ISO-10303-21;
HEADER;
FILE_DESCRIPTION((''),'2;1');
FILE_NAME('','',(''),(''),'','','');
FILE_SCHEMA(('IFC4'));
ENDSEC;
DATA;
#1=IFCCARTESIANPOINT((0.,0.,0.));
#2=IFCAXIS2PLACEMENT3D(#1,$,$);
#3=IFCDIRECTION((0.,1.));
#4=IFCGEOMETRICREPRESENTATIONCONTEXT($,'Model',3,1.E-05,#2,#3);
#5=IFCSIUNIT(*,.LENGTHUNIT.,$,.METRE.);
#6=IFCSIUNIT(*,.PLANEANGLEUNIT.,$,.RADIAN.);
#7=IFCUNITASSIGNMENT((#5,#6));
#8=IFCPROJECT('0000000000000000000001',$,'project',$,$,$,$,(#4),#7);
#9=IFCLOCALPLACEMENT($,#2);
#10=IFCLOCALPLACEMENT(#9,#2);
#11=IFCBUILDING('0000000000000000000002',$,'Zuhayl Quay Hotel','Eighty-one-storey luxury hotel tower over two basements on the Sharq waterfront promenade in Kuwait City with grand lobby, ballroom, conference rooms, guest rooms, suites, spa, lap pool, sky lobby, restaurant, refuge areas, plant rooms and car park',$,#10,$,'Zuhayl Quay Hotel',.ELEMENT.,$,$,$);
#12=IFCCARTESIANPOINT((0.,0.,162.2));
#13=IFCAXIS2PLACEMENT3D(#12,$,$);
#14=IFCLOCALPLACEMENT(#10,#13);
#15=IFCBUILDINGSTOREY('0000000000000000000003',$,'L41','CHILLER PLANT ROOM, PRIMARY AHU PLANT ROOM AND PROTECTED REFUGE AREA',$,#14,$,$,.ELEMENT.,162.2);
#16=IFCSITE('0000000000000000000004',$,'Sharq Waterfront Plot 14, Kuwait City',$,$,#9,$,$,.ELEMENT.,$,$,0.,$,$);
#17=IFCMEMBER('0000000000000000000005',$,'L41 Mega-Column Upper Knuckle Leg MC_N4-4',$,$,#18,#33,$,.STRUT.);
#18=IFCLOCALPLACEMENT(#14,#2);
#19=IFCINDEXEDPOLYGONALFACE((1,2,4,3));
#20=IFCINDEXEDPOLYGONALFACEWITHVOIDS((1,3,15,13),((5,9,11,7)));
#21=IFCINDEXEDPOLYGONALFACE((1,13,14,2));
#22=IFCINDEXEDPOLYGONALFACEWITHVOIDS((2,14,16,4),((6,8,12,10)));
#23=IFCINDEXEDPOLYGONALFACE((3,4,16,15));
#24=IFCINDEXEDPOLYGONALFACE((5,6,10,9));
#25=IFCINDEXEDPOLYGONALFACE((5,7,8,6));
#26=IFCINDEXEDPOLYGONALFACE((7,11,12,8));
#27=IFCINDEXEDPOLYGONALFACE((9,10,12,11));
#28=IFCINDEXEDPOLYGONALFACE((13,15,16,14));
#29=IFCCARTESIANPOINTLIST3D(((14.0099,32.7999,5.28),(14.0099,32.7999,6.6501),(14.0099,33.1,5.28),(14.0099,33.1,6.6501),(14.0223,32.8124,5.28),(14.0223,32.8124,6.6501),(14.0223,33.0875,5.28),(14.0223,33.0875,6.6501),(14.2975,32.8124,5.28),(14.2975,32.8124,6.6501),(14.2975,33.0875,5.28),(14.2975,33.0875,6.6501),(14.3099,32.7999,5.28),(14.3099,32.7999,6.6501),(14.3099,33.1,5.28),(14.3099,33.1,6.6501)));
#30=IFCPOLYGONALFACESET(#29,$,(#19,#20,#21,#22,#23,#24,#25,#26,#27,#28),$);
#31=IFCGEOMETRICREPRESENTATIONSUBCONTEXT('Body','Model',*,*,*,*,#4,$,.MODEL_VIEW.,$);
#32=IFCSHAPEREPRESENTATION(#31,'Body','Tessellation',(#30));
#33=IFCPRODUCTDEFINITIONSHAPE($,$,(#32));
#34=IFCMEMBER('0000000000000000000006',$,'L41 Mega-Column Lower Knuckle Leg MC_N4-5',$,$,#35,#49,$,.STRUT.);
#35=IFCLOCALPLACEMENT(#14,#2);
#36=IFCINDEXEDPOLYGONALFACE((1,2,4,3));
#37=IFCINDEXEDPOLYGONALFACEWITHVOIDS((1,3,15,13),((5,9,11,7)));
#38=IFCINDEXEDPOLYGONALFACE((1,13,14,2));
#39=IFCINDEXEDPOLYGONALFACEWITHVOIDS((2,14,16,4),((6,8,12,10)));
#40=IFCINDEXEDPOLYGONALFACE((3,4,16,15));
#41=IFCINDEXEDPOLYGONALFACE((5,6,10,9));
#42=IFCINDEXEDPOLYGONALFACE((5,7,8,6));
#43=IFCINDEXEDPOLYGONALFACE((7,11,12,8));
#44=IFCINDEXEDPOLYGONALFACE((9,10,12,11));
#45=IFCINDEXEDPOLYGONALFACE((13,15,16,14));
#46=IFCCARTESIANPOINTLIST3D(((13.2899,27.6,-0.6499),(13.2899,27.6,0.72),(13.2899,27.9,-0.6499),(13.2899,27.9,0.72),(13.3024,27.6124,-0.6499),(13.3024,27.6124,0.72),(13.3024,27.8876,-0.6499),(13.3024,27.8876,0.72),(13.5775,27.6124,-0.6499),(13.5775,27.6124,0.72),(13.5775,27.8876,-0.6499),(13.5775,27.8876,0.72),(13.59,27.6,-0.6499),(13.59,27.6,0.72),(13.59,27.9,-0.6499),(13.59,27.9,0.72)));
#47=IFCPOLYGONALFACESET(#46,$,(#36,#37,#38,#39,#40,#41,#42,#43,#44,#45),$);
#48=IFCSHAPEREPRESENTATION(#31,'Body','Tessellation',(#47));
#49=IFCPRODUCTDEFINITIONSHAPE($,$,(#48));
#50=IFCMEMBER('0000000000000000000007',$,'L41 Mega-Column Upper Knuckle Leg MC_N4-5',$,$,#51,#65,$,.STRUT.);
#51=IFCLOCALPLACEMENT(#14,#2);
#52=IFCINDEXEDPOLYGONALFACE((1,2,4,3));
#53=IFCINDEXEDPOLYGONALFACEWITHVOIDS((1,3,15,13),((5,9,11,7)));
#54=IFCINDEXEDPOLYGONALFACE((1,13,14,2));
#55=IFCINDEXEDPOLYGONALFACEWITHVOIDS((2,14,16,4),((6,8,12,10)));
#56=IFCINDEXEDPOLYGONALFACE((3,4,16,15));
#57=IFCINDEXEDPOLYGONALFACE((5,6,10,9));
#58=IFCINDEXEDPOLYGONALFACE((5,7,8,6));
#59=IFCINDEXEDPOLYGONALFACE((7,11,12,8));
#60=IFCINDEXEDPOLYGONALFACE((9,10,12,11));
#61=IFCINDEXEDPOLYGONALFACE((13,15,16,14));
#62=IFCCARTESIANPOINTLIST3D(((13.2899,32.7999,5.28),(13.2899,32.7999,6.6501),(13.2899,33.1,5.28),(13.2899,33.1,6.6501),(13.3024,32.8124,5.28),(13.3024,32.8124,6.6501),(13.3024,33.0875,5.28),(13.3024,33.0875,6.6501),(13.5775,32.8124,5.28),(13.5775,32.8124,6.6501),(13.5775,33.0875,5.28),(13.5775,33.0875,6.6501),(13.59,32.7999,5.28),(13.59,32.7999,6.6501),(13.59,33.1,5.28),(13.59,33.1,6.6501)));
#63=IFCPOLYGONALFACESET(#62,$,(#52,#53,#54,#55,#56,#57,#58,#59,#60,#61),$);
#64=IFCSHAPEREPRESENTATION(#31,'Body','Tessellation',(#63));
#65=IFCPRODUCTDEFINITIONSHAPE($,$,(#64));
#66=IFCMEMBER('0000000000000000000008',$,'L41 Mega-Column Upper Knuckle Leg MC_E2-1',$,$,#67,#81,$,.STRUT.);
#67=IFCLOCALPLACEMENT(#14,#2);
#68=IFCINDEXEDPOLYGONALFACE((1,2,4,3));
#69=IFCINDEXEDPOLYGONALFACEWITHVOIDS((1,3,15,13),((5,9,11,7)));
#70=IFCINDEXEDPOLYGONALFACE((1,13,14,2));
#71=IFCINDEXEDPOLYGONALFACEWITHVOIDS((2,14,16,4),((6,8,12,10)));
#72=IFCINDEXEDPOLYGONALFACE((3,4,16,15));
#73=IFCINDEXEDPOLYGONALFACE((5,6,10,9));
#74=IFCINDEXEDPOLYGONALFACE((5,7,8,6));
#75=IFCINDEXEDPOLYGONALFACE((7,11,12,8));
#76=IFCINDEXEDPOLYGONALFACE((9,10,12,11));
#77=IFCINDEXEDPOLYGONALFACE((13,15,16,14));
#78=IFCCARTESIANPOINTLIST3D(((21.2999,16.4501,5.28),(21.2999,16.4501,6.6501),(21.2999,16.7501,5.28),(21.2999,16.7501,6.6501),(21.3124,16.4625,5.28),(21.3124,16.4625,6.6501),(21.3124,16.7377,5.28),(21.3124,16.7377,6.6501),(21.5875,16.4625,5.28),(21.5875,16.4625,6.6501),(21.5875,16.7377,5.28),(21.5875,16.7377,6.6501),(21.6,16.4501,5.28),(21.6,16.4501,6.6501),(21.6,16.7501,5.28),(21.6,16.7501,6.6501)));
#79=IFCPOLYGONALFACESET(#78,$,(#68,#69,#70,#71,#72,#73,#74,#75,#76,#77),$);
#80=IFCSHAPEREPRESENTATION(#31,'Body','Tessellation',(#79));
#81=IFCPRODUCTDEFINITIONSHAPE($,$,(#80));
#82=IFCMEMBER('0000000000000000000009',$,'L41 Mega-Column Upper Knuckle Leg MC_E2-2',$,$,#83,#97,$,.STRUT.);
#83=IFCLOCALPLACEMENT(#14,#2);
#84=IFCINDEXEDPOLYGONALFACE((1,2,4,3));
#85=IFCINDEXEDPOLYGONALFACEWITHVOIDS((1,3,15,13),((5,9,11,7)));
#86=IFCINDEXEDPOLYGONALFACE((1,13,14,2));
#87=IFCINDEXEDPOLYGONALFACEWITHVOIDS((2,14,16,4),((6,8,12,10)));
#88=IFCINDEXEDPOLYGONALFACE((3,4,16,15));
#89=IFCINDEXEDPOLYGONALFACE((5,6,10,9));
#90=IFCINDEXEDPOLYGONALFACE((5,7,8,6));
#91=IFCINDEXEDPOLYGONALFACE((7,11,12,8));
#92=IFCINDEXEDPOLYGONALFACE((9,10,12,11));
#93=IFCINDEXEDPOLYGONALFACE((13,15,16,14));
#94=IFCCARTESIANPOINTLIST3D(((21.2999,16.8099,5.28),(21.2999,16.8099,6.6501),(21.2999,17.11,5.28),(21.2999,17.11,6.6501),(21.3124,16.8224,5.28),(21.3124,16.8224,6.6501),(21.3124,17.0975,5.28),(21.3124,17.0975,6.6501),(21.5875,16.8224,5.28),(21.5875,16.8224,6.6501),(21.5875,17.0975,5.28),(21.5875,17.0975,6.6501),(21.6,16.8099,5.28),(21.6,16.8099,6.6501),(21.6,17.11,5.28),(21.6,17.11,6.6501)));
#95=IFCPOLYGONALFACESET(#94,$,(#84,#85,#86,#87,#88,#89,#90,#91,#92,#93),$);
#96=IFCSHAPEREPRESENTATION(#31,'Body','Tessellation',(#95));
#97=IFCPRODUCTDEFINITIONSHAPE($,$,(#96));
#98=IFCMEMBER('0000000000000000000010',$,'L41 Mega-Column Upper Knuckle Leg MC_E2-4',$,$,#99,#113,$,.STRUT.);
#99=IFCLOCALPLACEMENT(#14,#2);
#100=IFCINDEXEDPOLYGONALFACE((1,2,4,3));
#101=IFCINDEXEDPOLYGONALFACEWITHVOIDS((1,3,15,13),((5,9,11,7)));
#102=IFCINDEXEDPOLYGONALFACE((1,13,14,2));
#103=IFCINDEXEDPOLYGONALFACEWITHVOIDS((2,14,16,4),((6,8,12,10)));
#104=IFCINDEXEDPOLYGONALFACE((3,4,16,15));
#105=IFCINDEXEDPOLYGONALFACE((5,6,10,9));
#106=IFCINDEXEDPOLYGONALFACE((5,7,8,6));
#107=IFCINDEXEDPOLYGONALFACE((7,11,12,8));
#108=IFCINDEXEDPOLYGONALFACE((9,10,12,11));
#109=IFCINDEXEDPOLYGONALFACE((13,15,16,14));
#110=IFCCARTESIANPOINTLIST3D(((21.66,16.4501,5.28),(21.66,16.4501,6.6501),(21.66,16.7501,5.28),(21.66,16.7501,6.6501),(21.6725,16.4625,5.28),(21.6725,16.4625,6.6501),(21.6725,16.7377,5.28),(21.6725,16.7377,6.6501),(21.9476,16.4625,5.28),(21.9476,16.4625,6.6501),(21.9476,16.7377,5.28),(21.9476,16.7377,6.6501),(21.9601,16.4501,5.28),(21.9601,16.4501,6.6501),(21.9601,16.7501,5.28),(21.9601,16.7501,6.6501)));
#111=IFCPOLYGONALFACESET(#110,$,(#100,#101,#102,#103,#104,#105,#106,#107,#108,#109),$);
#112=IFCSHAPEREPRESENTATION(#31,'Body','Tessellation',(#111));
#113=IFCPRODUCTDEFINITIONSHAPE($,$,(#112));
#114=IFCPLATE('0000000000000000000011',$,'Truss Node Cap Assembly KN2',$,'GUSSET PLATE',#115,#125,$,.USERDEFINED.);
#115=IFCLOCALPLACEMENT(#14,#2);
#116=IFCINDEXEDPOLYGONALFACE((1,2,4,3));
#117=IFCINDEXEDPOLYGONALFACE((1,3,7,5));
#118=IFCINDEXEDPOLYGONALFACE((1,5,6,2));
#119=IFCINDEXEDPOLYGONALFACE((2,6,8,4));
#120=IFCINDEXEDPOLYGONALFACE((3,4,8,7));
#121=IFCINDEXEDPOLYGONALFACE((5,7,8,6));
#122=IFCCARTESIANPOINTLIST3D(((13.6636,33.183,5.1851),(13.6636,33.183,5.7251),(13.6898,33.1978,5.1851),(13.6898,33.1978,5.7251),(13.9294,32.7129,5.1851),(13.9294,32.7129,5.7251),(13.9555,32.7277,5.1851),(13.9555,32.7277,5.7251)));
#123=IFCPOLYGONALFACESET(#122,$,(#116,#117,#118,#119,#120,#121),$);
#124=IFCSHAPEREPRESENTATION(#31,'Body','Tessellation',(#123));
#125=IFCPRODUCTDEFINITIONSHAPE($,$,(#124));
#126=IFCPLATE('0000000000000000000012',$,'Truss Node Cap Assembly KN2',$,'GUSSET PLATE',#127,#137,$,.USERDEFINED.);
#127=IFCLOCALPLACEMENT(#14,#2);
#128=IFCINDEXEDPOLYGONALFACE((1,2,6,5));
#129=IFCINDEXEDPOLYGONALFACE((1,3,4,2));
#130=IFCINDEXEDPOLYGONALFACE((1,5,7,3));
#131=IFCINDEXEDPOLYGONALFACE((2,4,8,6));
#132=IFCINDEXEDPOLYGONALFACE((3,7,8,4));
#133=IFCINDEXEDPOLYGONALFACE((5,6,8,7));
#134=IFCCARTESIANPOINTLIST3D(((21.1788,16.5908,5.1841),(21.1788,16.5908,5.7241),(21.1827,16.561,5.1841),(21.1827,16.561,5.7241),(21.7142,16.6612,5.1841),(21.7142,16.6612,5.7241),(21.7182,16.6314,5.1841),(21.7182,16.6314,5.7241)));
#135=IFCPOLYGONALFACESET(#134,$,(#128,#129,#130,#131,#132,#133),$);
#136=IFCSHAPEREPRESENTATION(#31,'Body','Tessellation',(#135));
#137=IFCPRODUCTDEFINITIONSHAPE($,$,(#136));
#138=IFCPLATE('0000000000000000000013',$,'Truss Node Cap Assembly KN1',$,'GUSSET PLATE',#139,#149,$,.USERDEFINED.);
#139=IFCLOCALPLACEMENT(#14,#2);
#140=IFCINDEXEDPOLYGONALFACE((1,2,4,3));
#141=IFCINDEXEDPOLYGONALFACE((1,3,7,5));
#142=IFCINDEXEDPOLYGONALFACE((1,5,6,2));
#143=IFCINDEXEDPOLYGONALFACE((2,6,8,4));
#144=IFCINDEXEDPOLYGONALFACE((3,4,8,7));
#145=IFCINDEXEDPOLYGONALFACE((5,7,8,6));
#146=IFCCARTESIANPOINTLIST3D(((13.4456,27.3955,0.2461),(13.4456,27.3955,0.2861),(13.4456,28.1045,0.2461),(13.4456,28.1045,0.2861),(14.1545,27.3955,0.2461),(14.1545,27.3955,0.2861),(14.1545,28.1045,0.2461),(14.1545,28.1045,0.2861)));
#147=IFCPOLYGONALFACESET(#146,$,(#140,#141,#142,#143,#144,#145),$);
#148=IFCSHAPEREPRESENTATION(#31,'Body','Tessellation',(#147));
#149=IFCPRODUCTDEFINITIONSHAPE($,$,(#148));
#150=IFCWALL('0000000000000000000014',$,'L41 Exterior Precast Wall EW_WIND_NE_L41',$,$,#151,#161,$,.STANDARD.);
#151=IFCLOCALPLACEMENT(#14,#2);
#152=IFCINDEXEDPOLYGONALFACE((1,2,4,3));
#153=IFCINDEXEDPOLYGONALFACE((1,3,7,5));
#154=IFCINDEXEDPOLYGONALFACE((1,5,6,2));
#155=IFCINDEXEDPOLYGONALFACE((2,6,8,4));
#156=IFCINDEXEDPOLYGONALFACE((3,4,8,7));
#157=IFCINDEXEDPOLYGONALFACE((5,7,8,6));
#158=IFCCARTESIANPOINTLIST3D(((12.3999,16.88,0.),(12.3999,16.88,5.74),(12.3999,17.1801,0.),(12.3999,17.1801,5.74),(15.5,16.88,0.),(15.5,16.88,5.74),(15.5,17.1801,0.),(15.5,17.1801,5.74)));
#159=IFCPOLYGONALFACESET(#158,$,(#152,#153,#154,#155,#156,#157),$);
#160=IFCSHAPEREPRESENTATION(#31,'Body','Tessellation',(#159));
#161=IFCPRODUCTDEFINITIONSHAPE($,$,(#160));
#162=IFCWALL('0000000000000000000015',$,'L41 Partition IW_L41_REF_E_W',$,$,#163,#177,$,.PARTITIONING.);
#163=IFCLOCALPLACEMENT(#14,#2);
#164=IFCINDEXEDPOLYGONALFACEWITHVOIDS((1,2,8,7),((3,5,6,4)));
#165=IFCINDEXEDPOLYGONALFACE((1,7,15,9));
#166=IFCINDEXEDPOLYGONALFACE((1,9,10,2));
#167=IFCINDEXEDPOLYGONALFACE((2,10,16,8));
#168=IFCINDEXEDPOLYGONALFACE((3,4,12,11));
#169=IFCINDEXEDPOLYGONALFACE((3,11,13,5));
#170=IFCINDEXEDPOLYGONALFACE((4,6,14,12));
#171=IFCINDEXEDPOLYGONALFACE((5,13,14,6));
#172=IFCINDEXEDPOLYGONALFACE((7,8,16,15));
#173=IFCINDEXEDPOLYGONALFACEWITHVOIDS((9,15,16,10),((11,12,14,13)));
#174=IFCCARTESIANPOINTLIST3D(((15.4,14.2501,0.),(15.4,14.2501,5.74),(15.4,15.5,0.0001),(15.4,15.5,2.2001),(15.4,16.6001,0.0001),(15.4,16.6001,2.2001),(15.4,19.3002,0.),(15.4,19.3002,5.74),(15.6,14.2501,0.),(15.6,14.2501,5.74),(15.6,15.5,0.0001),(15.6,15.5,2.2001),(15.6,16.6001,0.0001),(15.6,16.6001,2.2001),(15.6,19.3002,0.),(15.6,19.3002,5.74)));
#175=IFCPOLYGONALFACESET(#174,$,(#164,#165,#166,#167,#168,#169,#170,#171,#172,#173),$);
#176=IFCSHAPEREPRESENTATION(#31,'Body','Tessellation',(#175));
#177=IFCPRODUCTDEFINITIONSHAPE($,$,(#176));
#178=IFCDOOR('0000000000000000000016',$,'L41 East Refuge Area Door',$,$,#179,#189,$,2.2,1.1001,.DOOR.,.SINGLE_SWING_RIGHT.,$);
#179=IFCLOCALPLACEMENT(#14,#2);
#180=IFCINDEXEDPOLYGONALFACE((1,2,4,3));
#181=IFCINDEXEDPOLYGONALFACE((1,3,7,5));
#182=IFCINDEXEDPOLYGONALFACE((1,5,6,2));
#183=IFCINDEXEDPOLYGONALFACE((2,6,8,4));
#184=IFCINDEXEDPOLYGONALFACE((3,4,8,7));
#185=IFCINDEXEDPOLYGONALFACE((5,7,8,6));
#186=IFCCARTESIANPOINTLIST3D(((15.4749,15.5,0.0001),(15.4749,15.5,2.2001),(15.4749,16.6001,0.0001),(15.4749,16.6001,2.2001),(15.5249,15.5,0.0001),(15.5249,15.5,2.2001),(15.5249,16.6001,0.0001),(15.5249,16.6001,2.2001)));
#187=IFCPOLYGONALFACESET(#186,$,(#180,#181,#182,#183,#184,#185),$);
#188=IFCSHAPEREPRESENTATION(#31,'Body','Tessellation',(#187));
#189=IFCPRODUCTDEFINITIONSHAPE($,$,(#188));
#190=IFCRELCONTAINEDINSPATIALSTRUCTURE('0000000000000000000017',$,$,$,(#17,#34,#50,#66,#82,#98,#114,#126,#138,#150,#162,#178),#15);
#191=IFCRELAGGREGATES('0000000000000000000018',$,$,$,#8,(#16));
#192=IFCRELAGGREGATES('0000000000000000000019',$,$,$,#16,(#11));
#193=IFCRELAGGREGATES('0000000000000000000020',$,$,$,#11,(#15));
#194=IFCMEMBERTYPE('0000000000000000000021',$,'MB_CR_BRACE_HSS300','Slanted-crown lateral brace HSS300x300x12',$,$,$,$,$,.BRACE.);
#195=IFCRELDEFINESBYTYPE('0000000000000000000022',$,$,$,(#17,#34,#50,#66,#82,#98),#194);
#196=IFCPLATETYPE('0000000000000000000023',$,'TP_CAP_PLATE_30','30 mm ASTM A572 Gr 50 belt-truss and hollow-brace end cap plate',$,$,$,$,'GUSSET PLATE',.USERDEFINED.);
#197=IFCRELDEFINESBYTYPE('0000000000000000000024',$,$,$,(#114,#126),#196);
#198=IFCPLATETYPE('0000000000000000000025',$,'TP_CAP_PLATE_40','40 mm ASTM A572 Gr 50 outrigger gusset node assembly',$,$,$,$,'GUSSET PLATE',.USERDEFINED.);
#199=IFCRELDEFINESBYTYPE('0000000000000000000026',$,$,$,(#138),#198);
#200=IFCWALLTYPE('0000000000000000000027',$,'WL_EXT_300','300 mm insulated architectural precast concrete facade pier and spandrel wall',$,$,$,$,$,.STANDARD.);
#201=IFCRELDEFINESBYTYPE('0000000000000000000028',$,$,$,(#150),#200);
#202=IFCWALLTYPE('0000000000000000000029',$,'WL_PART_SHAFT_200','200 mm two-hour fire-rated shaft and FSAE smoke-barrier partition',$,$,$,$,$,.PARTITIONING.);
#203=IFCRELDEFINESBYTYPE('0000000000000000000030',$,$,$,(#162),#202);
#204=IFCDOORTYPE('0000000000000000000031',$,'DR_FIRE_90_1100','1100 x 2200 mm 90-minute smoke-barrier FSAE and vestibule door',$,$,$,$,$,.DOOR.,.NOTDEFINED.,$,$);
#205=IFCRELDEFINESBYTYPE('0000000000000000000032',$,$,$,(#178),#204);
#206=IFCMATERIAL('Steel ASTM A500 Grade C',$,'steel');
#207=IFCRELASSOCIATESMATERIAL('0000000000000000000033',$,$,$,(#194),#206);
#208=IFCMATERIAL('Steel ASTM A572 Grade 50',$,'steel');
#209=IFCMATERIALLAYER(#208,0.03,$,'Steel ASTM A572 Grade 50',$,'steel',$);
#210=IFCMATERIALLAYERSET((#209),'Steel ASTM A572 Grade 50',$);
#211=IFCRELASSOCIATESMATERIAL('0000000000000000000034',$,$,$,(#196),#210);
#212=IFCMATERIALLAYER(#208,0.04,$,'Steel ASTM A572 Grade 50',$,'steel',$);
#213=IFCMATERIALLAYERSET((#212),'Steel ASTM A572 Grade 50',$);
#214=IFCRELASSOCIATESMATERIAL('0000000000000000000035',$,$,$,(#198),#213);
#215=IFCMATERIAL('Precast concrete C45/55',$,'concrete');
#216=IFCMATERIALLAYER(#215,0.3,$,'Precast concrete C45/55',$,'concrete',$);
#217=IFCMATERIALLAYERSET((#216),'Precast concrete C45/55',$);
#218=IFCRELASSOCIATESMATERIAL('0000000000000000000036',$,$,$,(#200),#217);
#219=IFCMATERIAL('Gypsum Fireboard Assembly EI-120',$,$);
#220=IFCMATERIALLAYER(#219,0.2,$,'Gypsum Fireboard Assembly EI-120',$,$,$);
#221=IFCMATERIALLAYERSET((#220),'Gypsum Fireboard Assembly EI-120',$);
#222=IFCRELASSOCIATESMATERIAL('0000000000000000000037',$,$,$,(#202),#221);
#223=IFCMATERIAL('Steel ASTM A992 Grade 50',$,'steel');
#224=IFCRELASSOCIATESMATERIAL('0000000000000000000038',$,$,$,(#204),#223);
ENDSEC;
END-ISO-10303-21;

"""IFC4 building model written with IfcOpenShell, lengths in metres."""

from ifc_helpers import new_model, si_unit, direction, frame, frame_2d, origin, origin_2d, place, context, subcontext, project, spatial, rectangle, hollow_rectangle, extrude, material, layer, layer_set, material_profile, profile_set, type_object, element, fill, save


model = new_model("IFC4")

# Units and contexts
model_context = context("Model", 3, precision=1e-05, world=origin(), true_north=direction((0.0, 1.0)))
body_context = subcontext(model_context, "Body", "Model", "MODEL_VIEW")
ifc_project = project(units=[si_unit("LENGTHUNIT", "METRE"), si_unit("PLANEANGLEUNIT", "RADIAN")], contexts=[model_context])

# Site, building, storey
site_placement = place(None, origin())
site = spatial("IfcSite", under=ifc_project, at=site_placement, Name="Sharq Waterfront Plot 14, Kuwait City", CompositionType="ELEMENT", RefElevation=0.0)
building_placement = place(site_placement, origin())
building = spatial("IfcBuilding", under=site, at=building_placement, Name="Zuhayl Quay Hotel", Description="Eighty-one-storey luxury hotel tower over two basements on the Sharq waterfront promenade in Kuwait City with grand lobby, ballroom, conference rooms, guest rooms, suites, spa, lap pool, sky lobby, restaurant, refuge areas, plant rooms and car park", LongName="Zuhayl Quay Hotel", CompositionType="ELEMENT")
storey_placement = place(building_placement, frame((0.0, 0.0, 162.2)))
storey = spatial("IfcBuildingStorey", under=building, at=storey_placement, Name="L41", Description="CHILLER PLANT ROOM, PRIMARY AHU PLANT ROOM AND PROTECTED REFUGE AREA", CompositionType="ELEMENT", Elevation=162.2)

# Members
ifc_material_1 = material(Name="Steel ASTM A500 Grade C", Category="steel")
ifc_material_profile_1 = material_profile(ifc_material_1, hollow_rectangle(XDim=0.3, YDim=0.3, WallThickness=0.0125, at=origin_2d()), Name="HSS300X300X12")
ifc_profile_set_1 = profile_set([ifc_material_profile_1], Name="Steel ASTM A500 Grade C")
member_type = type_object("IfcMemberType", Name="MB_CR_BRACE_HSS300", Description="Slanted-crown lateral brace HSS300x300x12", PredefinedType="BRACE", material=ifc_profile_set_1)
member_1_placement = place(storey_placement, frame((14.1599, 32.95, 5.28), z_axis=(0.0, 0.0, 1.0), x_axis=(1.0, 0.0, 0.0)))
element("IfcMember", 1, at=member_1_placement, inside=storey, type_object=member_type, Name="L41 Mega-Column Upper Knuckle Leg MC_N4-4", PredefinedType="STRUT", context=body_context, shape_type="SweptSolid", body=[
    extrude(hollow_rectangle(XDim=0.3, YDim=0.3, WallThickness=0.0125, at=origin_2d()), origin(), (0.0, 0.0, 1.0), 1.3701),
])
member_2_placement = place(storey_placement, frame((13.4399, 27.75, -0.6499), z_axis=(0.0, 0.0, 1.0), x_axis=(1.0, 0.0, 0.0)))
element("IfcMember", 2, at=member_2_placement, inside=storey, type_object=member_type, Name="L41 Mega-Column Lower Knuckle Leg MC_N4-5", PredefinedType="STRUT", context=body_context, shape_type="SweptSolid", body=[
    extrude(hollow_rectangle(XDim=0.3, YDim=0.3, WallThickness=0.0125, at=origin_2d()), origin(), (0.0, 0.0, 1.0), 1.3699),
])
for number, where, z_axis, x_axis, name in (
    (3, (13.4399, 32.95, 5.28), (0.0, 0.0, 1.0), (1.0, 0.0, 0.0), "L41 Mega-Column Upper Knuckle Leg MC_N4-5"),
    (4, (21.45, 16.6001, 5.28), (0.0, 0.0, 1.0), (1.0, 0.0, 0.0), "L41 Mega-Column Upper Knuckle Leg MC_E2-1"),
    (5, (21.45, 16.96, 5.28), (0.0, 0.0, 1.0), (1.0, 0.0, 0.0), "L41 Mega-Column Upper Knuckle Leg MC_E2-2"),
    (6, (21.8101, 16.6001, 5.28), (0.0, 0.0, 1.0), (1.0, 0.0, 0.0), "L41 Mega-Column Upper Knuckle Leg MC_E2-4"),
):
    element("IfcMember", number, at=place(storey_placement, frame(where, z_axis=z_axis, x_axis=x_axis)), inside=storey, type_object=member_type, Name=name, PredefinedType="STRUT", context=body_context, shape_type="SweptSolid", body=[
        extrude(hollow_rectangle(XDim=0.3, YDim=0.3, WallThickness=0.0125, at=origin_2d()), origin(), (0.0, 0.0, 1.0), 1.3701),
    ])

# Plates
ifc_material_2 = material(Name="Steel ASTM A572 Grade 50", Category="steel")
ifc_layer_1 = layer(ifc_material_2, 0.03, Name="Steel ASTM A572 Grade 50", Category="steel")
ifc_layer_set_1 = layer_set([ifc_layer_1], Name="Steel ASTM A572 Grade 50")
plate_type_1 = type_object("IfcPlateType", Name="TP_CAP_PLATE_30", Description="30 mm ASTM A572 Gr 50 belt-truss and hollow-brace end cap plate", ElementType="GUSSET PLATE", PredefinedType="USERDEFINED", material=ifc_layer_set_1)
for number, where, z_axis, x_axis, name in (
    (7, (13.8096, 32.9553, 5.1851), (0.0, 0.0, 1.0), (0.870528, 0.49212, 0.0), "Truss Node Cap Assembly KN2"),
    (8, (21.4485, 16.6111, 5.1841), (0.0, 0.0, 1.0), (-0.130353, 0.991468, 0.0), "Truss Node Cap Assembly KN2"),
):
    element("IfcPlate", number, at=place(storey_placement, frame(where, z_axis=z_axis, x_axis=x_axis)), inside=storey, type_object=plate_type_1, Name=name, ObjectType="GUSSET PLATE", PredefinedType="USERDEFINED", context=body_context, shape_type="SweptSolid", body=[
        extrude(rectangle(XDim=0.03, YDim=0.54, at=origin_2d()), origin(), (0.0, 0.0, 1.0), 0.54),
    ])
ifc_layer_2 = layer(ifc_material_2, 0.04, Name="Steel ASTM A572 Grade 50", Category="steel")
ifc_layer_set_2 = layer_set([ifc_layer_2], Name="Steel ASTM A572 Grade 50")
plate_type_2 = type_object("IfcPlateType", Name="TP_CAP_PLATE_40", Description="40 mm ASTM A572 Gr 50 outrigger gusset node assembly", ElementType="GUSSET PLATE", PredefinedType="USERDEFINED", material=ifc_layer_set_2)
plate_placement = place(storey_placement, frame((13.8, 27.75, 0.2461), z_axis=(0.0, 0.0, 1.0), x_axis=(1.0, 0.0, 0.0)))
element("IfcPlate", 9, at=plate_placement, inside=storey, type_object=plate_type_2, Name="Truss Node Cap Assembly KN1", ObjectType="GUSSET PLATE", PredefinedType="USERDEFINED", context=body_context, shape_type="SweptSolid", body=[
    extrude(rectangle(XDim=0.709, YDim=0.709, at=origin_2d()), origin(), (0.0, 0.0, 1.0), 0.04),
])

# Wall
ifc_material_3 = material(Name="Precast concrete C45/55", Category="concrete")
ifc_layer_3 = layer(ifc_material_3, 0.3, Name="Precast concrete C45/55", Category="concrete")
ifc_layer_set_3 = layer_set([ifc_layer_3], Name="Precast concrete C45/55")
wall_type_1 = type_object("IfcWallType", Name="WL_EXT_300", Description="300 mm insulated architectural precast concrete facade pier and spandrel wall", PredefinedType="STANDARD", material=ifc_layer_set_3)
wall_1_placement = place(storey_placement, frame((12.3999, 17.03, 0.0), z_axis=(0.0, 0.0, 1.0), x_axis=(1.0, 0.0, 0.0)))
element("IfcWall", 10, at=wall_1_placement, inside=storey, type_object=wall_type_1, Name="L41 Exterior Precast Wall EW_WIND_NE_L41", PredefinedType="STANDARD", context=body_context, shape_type="SweptSolid", body=[
    extrude(rectangle(XDim=3.1001, YDim=0.3, at=frame_2d((1.55, 0.0))), origin(), (0.0, 0.0, 1.0), 5.74),
])

# Wall, opening, door
ifc_material_4 = material(Name="Gypsum Fireboard Assembly EI-120")
ifc_layer_4 = layer(ifc_material_4, 0.2, Name="Gypsum Fireboard Assembly EI-120")
ifc_layer_set_4 = layer_set([ifc_layer_4], Name="Gypsum Fireboard Assembly EI-120")
wall_type_2 = type_object("IfcWallType", Name="WL_PART_SHAFT_200", Description="200 mm two-hour fire-rated shaft and FSAE smoke-barrier partition", PredefinedType="PARTITIONING", material=ifc_layer_set_4)
wall_2_placement = place(storey_placement, frame((15.5, 19.3, 0.0), z_axis=(0.0, 0.0, 1.0), x_axis=(0.0, -1.0, 0.0)))
wall_2 = element("IfcWall", 11, at=wall_2_placement, inside=storey, type_object=wall_type_2, Name="L41 Partition IW_L41_REF_E_W", PredefinedType="PARTITIONING", context=body_context, shape_type="SweptSolid", body=[
    extrude(rectangle(XDim=5.05, YDim=0.2, at=frame_2d((2.5249, 0.0))), origin(), (0.0, 0.0, 1.0), 5.74),
])
opening_placement = place(wall_2_placement, frame((2.7, 0.0, 0.0)))
opening = element("IfcOpeningElement", 12, at=opening_placement, cuts=wall_2, PredefinedType="OPENING", context=body_context, shape_type="SweptSolid", body=[
    extrude(rectangle(XDim=1.1001, YDim=2.2, at=frame_2d((0.55, 1.1001))), frame((0.0, 0.1099, 0.0), z_axis=(0.0, -1.0, 0.0), x_axis=(1.0, 0.0, 0.0)), (0.0, 0.0, 1.0), 0.22),
])
ifc_material_5 = material(Name="Steel ASTM A992 Grade 50", Category="steel")
door_type = type_object("IfcDoorType", Name="DR_FIRE_90_1100", Description="1100 x 2200 mm 90-minute smoke-barrier FSAE and vestibule door", OperationType="NOTDEFINED", PredefinedType="DOOR", material=ifc_material_5)
door_placement = place(opening_placement, origin())
door = element("IfcDoor", 13, at=door_placement, inside=storey, type_object=door_type, Name="L41 East Refuge Area Door", OperationType="SINGLE_SWING_RIGHT", OverallHeight=2.2, OverallWidth=1.1001, PredefinedType="DOOR", context=body_context, shape_type="SweptSolid", body=[
    extrude(rectangle(XDim=1.1001, YDim=2.2, at=frame_2d((0.55, 1.1001))), frame((0.0, 0.0249, 0.0), z_axis=(0.0, -1.0, 0.0), x_axis=(1.0, 0.0, 0.0)), (0.0, 0.0, 1.0), 0.05),
])
fill(opening, door)

save(model, "model.ifc")
